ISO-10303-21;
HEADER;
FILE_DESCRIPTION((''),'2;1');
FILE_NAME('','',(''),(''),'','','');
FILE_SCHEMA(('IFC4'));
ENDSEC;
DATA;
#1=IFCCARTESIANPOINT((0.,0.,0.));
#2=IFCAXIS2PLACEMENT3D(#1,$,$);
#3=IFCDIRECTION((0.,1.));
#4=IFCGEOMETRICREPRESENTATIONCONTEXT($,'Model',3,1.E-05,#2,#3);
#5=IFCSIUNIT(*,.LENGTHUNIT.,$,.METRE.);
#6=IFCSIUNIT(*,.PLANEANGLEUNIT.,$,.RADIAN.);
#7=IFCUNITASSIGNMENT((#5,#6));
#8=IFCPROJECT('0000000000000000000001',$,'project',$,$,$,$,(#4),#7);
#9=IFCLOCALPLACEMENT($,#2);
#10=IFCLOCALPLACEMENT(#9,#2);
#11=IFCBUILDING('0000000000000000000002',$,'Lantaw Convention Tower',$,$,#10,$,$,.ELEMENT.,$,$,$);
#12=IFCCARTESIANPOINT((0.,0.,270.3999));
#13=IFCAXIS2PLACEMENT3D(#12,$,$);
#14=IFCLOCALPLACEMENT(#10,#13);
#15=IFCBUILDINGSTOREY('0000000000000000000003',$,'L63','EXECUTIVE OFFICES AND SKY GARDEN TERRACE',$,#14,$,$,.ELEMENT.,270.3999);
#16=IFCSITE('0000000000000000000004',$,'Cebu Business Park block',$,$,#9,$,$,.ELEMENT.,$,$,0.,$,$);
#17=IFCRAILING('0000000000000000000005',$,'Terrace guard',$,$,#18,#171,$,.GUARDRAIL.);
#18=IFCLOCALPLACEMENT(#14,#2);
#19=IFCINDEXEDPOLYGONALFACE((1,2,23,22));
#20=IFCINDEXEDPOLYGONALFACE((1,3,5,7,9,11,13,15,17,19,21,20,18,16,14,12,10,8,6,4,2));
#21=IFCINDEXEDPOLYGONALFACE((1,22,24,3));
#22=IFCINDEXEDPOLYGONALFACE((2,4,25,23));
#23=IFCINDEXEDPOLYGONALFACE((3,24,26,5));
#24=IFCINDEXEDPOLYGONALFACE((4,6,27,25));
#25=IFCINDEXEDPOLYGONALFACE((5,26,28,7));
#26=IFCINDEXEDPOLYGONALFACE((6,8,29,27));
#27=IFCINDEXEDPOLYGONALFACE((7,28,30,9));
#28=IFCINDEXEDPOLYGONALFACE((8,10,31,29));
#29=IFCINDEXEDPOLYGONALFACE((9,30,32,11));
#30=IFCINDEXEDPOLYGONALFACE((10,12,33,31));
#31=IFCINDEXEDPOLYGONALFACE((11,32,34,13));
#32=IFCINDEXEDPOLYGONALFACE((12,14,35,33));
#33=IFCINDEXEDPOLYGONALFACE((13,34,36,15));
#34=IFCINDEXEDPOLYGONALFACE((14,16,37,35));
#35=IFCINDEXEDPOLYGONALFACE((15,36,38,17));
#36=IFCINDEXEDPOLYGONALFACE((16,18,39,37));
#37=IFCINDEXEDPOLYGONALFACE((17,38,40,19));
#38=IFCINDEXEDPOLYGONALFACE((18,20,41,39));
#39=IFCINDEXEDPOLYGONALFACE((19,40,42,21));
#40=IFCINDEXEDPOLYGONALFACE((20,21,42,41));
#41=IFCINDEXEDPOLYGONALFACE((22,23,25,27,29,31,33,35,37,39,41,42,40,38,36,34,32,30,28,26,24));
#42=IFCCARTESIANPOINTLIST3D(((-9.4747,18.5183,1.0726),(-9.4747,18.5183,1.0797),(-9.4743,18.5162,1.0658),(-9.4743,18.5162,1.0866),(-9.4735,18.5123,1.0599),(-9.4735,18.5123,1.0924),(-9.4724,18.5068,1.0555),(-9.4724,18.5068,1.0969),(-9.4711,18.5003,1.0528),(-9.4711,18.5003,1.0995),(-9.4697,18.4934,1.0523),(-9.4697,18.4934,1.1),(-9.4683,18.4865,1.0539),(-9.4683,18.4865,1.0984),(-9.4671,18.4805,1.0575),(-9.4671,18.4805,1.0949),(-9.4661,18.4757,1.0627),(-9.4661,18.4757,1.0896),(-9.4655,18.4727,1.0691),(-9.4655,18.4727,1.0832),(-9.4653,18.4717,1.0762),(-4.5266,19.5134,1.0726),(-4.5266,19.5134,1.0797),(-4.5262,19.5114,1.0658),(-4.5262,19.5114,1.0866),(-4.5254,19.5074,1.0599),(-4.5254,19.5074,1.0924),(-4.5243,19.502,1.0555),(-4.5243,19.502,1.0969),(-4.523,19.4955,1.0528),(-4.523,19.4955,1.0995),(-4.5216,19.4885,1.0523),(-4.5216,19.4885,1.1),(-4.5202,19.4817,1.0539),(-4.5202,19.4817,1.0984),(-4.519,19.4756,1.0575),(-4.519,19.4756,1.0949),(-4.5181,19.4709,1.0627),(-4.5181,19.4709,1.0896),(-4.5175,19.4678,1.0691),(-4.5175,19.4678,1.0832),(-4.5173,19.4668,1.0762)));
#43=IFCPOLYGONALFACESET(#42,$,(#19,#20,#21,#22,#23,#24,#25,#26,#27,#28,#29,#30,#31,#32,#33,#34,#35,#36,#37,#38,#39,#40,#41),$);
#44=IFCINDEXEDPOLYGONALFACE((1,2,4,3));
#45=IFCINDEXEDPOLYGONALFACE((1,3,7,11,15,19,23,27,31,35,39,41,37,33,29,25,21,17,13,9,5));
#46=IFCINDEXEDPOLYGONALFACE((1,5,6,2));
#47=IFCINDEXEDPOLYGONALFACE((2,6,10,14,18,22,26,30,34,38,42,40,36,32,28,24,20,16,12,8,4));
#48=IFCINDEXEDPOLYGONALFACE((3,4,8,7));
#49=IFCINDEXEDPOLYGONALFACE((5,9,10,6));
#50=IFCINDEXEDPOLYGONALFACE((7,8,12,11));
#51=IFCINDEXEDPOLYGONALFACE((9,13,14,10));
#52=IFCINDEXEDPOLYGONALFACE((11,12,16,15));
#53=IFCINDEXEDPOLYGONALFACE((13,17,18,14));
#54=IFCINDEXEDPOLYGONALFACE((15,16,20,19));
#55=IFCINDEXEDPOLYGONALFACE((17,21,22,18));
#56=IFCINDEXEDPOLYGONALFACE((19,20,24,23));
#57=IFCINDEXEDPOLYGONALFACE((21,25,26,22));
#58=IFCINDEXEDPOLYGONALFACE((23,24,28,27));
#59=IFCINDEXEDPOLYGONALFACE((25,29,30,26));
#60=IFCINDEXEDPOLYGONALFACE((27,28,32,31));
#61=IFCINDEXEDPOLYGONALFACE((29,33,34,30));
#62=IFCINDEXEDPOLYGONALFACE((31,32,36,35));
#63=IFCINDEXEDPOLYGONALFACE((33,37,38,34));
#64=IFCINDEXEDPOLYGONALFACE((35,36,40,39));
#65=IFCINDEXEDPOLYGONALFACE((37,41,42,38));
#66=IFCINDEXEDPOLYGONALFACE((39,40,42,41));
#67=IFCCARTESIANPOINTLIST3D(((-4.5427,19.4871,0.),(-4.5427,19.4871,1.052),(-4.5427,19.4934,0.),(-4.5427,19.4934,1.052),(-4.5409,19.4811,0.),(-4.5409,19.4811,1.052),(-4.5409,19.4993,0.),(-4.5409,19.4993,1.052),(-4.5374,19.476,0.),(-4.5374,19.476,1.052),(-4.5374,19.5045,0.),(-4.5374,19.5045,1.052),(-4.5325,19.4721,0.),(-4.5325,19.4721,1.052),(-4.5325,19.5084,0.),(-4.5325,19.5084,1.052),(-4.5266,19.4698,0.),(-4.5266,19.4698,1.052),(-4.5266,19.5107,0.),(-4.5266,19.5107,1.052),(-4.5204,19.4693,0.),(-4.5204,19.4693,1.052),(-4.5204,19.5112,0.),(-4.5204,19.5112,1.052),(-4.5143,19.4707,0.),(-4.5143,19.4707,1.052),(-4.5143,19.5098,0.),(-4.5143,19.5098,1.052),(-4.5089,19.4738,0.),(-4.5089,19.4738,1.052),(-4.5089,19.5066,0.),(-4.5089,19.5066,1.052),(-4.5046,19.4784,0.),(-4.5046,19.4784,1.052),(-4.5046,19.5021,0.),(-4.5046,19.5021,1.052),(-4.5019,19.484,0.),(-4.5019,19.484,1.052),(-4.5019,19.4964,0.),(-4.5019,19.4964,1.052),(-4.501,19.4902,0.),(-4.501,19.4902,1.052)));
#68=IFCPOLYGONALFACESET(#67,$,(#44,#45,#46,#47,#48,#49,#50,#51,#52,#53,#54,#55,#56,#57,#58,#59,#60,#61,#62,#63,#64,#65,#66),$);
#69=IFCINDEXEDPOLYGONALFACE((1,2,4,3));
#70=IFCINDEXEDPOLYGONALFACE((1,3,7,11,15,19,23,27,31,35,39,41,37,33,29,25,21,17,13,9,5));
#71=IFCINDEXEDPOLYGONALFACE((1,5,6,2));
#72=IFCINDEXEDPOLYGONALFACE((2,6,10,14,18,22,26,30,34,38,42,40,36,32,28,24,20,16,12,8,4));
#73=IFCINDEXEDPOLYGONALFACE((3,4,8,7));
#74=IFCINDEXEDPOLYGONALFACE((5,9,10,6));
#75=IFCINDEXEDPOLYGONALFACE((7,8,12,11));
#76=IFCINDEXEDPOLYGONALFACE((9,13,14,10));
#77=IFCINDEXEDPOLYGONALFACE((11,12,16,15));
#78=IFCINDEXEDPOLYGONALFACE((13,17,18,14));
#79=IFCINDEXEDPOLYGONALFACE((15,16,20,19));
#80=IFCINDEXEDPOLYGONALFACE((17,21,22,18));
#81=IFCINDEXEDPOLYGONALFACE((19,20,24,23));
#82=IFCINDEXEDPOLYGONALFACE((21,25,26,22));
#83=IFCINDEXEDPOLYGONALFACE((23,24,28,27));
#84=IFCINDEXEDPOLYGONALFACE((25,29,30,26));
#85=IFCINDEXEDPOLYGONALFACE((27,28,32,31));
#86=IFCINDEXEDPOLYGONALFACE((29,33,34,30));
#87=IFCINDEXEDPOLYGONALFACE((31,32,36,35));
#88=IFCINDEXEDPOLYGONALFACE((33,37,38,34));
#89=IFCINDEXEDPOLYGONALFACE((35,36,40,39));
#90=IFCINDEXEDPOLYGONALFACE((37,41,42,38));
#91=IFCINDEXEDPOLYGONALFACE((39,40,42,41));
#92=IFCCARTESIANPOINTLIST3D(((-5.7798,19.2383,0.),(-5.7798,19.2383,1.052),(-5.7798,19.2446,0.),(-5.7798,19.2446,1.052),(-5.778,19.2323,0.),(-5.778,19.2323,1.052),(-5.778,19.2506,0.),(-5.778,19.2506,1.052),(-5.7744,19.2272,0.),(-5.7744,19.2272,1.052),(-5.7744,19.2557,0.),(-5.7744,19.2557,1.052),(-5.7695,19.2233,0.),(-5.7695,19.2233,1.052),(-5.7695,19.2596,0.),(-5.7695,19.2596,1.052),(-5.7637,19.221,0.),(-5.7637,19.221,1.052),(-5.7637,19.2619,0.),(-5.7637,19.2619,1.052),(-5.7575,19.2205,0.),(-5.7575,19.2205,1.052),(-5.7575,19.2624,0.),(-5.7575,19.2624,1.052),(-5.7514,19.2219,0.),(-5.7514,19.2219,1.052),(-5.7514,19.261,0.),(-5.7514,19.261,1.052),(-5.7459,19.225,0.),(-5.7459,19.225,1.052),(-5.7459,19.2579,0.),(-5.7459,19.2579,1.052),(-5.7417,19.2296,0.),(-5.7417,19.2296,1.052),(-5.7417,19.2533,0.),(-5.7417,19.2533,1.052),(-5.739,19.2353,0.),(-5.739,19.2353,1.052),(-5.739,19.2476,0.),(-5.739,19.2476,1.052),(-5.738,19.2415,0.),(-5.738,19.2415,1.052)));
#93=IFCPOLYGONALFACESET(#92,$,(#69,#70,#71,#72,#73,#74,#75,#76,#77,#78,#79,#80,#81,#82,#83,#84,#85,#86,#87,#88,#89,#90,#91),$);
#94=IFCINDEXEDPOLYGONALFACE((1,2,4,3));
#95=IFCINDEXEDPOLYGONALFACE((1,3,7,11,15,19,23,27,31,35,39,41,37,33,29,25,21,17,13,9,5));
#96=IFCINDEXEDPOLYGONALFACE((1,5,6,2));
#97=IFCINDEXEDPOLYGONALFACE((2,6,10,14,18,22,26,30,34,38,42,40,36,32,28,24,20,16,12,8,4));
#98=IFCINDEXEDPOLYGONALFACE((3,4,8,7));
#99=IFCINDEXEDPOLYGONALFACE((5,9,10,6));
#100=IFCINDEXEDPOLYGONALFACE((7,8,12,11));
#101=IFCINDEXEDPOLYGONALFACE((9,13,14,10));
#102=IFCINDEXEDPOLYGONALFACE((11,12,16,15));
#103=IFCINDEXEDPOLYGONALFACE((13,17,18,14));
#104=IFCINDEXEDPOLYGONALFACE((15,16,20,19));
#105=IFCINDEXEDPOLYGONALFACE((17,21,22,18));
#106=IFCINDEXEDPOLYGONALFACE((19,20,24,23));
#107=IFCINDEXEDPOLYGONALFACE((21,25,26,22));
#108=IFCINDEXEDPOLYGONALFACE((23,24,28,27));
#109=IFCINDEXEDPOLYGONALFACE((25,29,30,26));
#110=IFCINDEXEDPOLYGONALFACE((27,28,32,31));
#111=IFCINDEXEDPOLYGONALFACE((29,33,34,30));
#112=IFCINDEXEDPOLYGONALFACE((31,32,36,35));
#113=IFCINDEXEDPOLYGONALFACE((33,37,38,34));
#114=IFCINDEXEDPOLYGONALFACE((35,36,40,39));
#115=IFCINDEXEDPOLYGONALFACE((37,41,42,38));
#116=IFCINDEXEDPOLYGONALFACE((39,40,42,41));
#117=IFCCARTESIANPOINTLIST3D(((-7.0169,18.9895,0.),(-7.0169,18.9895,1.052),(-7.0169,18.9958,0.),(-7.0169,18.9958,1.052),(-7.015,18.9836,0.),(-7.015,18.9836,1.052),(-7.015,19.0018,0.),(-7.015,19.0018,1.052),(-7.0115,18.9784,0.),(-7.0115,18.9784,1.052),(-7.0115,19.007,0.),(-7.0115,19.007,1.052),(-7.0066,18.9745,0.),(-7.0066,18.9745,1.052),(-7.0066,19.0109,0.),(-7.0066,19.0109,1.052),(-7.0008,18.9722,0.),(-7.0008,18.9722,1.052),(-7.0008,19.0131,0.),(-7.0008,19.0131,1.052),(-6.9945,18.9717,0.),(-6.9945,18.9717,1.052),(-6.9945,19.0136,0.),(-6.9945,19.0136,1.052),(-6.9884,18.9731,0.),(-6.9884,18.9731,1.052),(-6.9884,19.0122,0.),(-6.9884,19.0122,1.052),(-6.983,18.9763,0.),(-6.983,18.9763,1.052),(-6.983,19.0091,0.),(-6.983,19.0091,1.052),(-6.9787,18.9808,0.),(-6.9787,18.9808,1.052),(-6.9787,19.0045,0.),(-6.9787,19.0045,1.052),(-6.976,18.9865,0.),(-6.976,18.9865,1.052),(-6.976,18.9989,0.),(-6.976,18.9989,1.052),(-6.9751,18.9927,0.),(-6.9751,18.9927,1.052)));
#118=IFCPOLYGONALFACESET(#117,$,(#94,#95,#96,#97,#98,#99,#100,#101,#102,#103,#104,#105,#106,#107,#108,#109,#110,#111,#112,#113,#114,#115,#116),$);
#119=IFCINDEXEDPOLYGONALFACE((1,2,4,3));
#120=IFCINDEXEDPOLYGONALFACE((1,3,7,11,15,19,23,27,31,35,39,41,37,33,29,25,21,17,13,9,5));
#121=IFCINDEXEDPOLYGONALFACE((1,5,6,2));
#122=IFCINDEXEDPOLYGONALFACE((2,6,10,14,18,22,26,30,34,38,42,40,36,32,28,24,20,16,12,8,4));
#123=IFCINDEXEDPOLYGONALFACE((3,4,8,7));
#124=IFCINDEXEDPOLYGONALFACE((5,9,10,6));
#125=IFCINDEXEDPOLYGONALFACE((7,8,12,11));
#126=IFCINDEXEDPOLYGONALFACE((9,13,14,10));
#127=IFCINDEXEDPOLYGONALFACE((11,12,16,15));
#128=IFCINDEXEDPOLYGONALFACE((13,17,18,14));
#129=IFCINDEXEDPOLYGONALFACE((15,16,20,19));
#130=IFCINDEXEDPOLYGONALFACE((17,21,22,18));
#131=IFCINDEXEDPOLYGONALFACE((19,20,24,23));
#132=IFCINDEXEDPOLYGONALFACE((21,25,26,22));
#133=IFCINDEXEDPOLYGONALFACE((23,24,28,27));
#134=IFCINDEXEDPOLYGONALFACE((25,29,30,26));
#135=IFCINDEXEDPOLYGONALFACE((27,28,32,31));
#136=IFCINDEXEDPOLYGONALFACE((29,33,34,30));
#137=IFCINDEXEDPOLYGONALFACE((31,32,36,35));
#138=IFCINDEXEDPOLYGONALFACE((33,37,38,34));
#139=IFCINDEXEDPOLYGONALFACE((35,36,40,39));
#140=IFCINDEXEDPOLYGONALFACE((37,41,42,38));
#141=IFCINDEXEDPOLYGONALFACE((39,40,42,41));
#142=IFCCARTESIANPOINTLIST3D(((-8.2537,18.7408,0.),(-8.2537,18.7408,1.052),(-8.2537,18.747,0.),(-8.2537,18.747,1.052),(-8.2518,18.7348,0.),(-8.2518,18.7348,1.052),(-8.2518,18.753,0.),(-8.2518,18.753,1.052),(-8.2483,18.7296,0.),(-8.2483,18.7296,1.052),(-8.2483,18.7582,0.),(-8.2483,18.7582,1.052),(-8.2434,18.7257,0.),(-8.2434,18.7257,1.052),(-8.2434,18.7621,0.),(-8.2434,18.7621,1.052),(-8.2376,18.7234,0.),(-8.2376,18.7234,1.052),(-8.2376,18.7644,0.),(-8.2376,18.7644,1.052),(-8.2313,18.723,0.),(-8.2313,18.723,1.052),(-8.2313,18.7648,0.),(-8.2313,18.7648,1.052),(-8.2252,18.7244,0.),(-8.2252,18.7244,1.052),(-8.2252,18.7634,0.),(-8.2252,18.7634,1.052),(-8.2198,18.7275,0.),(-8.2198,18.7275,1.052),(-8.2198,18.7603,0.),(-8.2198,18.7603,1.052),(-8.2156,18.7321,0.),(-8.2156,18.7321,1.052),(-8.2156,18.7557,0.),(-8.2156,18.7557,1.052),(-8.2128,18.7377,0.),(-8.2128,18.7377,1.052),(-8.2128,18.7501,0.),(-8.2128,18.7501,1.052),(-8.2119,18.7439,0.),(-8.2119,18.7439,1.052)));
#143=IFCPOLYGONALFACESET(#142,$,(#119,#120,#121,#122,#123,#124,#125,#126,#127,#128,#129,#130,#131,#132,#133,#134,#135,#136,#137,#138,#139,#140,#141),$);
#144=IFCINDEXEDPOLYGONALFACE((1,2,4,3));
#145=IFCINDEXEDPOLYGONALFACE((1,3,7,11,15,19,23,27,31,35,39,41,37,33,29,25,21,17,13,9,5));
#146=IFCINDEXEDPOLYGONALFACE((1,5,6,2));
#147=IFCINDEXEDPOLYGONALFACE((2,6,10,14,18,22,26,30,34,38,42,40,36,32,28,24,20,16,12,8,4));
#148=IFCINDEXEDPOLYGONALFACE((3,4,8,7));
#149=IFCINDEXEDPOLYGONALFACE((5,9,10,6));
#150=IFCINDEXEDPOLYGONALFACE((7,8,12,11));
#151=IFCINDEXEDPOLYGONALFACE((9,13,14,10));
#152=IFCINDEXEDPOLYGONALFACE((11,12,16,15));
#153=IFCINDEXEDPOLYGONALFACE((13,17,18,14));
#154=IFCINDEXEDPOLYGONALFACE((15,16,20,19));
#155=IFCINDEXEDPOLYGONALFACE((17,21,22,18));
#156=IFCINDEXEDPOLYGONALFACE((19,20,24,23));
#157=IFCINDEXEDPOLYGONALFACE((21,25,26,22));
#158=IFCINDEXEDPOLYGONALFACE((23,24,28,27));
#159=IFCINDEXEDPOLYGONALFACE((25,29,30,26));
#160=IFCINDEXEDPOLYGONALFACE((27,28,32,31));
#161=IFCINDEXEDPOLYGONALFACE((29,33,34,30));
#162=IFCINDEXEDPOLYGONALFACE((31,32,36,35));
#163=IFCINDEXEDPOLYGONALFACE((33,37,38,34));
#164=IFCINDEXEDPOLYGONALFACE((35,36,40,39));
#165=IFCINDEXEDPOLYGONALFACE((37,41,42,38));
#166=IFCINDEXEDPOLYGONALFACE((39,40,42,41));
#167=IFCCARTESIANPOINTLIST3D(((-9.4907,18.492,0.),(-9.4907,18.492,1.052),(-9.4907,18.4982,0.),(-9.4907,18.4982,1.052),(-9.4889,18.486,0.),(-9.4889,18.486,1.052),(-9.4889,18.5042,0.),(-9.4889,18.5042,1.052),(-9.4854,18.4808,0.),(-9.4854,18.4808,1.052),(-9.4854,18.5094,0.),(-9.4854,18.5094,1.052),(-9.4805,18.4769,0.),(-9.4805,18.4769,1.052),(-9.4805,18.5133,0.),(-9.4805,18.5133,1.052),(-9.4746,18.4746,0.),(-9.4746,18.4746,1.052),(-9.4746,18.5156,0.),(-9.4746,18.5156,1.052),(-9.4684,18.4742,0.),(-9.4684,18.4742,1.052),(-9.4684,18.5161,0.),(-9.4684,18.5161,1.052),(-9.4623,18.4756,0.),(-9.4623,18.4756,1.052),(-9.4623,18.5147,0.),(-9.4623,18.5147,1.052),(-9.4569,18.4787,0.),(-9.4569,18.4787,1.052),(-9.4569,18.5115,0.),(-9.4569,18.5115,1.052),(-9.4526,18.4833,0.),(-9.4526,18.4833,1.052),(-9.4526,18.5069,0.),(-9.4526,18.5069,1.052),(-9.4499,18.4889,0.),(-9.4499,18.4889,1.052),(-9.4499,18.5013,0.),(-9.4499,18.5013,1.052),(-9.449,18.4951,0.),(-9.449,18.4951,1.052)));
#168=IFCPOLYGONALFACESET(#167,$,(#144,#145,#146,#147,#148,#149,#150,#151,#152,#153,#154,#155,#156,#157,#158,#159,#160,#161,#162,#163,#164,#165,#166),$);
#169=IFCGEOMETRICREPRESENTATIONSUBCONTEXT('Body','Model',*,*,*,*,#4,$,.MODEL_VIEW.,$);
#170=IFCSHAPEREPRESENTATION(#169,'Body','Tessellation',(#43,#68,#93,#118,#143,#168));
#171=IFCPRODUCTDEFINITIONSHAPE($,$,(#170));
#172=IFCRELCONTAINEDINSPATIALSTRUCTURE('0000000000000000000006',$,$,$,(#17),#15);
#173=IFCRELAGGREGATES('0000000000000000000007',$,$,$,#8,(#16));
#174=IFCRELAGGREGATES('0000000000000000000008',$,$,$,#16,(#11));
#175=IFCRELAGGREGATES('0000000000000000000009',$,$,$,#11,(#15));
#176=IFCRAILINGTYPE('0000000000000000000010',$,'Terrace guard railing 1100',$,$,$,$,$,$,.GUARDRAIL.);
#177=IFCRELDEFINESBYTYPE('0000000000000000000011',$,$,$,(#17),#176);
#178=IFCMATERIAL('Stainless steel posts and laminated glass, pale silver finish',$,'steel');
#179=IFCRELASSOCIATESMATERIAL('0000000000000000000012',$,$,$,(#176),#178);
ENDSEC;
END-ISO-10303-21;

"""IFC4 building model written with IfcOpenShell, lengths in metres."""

from ifc_helpers import new_model, si_unit, direction, frame, origin, origin_2d, place, context, subcontext, project, spatial, circle, extrude, material, type_object, element, save


model = new_model("IFC4")

# Units and contexts
model_context = context("Model", 3, precision=1e-05, world=origin(), true_north=direction((0.0, 1.0)))
body_context = subcontext(model_context, "Body", "Model", "MODEL_VIEW")
ifc_project = project(units=[si_unit("LENGTHUNIT", "METRE"), si_unit("PLANEANGLEUNIT", "RADIAN")], contexts=[model_context])

# Site, building, storey
site_placement = place(None, origin())
site = spatial("IfcSite", under=ifc_project, at=site_placement, Name="Cebu Business Park block", CompositionType="ELEMENT", RefElevation=0.0)
building_placement = place(site_placement, origin())
building = spatial("IfcBuilding", under=site, at=building_placement, Name="Lantaw Convention Tower", CompositionType="ELEMENT")
storey_placement = place(building_placement, frame((0.0, 0.0, 270.3999)))
storey = spatial("IfcBuildingStorey", under=building, at=storey_placement, Name="L63", Description="EXECUTIVE OFFICES AND SKY GARDEN TERRACE", CompositionType="ELEMENT", Elevation=270.3999)

# Railing
ifc_material_1 = material(Name="Stainless steel posts and laminated glass, pale silver finish", Category="steel")
railing_type = type_object("IfcRailingType", Name="Terrace guard railing 1100", PredefinedType="GUARDRAIL", material=ifc_material_1)
railing_1_placement = place(storey_placement, frame((-4.522, 19.4902, 0.0)))
element("IfcRailing", 1, at=railing_1_placement, inside=storey, type_object=railing_type, Name="Terrace guard", PredefinedType="GUARDRAIL", context=body_context, shape_type="SweptSolid", body=[
    extrude(circle(Radius=0.0239, at=origin_2d()), frame((0.0, 0.0, 1.0762), z_axis=(-0.98037, -0.197167, 0.0), x_axis=(0.197167, -0.98037, 0.0)), (0.0, 0.0, 1.0), 5.0471),
    extrude(circle(Radius=0.021, at=origin_2d()), origin(), (0.0, 0.0, 1.0), 1.052),
    extrude(circle(Radius=0.021, at=origin_2d()), frame((-1.2371, -0.2488, 0.0)), (0.0, 0.0, 1.0), 1.052),
    extrude(circle(Radius=0.021, at=origin_2d()), frame((-2.4741, -0.4976, 0.0)), (0.0, 0.0, 1.0), 1.052),
    extrude(circle(Radius=0.021, at=origin_2d()), frame((-3.7109, -0.7463, 0.0)), (0.0, 0.0, 1.0), 1.052),
    extrude(circle(Radius=0.021, at=origin_2d()), frame((-4.948, -0.9951, 0.0)), (0.0, 0.0, 1.0), 1.052),
])

save(model, "model.ifc")
